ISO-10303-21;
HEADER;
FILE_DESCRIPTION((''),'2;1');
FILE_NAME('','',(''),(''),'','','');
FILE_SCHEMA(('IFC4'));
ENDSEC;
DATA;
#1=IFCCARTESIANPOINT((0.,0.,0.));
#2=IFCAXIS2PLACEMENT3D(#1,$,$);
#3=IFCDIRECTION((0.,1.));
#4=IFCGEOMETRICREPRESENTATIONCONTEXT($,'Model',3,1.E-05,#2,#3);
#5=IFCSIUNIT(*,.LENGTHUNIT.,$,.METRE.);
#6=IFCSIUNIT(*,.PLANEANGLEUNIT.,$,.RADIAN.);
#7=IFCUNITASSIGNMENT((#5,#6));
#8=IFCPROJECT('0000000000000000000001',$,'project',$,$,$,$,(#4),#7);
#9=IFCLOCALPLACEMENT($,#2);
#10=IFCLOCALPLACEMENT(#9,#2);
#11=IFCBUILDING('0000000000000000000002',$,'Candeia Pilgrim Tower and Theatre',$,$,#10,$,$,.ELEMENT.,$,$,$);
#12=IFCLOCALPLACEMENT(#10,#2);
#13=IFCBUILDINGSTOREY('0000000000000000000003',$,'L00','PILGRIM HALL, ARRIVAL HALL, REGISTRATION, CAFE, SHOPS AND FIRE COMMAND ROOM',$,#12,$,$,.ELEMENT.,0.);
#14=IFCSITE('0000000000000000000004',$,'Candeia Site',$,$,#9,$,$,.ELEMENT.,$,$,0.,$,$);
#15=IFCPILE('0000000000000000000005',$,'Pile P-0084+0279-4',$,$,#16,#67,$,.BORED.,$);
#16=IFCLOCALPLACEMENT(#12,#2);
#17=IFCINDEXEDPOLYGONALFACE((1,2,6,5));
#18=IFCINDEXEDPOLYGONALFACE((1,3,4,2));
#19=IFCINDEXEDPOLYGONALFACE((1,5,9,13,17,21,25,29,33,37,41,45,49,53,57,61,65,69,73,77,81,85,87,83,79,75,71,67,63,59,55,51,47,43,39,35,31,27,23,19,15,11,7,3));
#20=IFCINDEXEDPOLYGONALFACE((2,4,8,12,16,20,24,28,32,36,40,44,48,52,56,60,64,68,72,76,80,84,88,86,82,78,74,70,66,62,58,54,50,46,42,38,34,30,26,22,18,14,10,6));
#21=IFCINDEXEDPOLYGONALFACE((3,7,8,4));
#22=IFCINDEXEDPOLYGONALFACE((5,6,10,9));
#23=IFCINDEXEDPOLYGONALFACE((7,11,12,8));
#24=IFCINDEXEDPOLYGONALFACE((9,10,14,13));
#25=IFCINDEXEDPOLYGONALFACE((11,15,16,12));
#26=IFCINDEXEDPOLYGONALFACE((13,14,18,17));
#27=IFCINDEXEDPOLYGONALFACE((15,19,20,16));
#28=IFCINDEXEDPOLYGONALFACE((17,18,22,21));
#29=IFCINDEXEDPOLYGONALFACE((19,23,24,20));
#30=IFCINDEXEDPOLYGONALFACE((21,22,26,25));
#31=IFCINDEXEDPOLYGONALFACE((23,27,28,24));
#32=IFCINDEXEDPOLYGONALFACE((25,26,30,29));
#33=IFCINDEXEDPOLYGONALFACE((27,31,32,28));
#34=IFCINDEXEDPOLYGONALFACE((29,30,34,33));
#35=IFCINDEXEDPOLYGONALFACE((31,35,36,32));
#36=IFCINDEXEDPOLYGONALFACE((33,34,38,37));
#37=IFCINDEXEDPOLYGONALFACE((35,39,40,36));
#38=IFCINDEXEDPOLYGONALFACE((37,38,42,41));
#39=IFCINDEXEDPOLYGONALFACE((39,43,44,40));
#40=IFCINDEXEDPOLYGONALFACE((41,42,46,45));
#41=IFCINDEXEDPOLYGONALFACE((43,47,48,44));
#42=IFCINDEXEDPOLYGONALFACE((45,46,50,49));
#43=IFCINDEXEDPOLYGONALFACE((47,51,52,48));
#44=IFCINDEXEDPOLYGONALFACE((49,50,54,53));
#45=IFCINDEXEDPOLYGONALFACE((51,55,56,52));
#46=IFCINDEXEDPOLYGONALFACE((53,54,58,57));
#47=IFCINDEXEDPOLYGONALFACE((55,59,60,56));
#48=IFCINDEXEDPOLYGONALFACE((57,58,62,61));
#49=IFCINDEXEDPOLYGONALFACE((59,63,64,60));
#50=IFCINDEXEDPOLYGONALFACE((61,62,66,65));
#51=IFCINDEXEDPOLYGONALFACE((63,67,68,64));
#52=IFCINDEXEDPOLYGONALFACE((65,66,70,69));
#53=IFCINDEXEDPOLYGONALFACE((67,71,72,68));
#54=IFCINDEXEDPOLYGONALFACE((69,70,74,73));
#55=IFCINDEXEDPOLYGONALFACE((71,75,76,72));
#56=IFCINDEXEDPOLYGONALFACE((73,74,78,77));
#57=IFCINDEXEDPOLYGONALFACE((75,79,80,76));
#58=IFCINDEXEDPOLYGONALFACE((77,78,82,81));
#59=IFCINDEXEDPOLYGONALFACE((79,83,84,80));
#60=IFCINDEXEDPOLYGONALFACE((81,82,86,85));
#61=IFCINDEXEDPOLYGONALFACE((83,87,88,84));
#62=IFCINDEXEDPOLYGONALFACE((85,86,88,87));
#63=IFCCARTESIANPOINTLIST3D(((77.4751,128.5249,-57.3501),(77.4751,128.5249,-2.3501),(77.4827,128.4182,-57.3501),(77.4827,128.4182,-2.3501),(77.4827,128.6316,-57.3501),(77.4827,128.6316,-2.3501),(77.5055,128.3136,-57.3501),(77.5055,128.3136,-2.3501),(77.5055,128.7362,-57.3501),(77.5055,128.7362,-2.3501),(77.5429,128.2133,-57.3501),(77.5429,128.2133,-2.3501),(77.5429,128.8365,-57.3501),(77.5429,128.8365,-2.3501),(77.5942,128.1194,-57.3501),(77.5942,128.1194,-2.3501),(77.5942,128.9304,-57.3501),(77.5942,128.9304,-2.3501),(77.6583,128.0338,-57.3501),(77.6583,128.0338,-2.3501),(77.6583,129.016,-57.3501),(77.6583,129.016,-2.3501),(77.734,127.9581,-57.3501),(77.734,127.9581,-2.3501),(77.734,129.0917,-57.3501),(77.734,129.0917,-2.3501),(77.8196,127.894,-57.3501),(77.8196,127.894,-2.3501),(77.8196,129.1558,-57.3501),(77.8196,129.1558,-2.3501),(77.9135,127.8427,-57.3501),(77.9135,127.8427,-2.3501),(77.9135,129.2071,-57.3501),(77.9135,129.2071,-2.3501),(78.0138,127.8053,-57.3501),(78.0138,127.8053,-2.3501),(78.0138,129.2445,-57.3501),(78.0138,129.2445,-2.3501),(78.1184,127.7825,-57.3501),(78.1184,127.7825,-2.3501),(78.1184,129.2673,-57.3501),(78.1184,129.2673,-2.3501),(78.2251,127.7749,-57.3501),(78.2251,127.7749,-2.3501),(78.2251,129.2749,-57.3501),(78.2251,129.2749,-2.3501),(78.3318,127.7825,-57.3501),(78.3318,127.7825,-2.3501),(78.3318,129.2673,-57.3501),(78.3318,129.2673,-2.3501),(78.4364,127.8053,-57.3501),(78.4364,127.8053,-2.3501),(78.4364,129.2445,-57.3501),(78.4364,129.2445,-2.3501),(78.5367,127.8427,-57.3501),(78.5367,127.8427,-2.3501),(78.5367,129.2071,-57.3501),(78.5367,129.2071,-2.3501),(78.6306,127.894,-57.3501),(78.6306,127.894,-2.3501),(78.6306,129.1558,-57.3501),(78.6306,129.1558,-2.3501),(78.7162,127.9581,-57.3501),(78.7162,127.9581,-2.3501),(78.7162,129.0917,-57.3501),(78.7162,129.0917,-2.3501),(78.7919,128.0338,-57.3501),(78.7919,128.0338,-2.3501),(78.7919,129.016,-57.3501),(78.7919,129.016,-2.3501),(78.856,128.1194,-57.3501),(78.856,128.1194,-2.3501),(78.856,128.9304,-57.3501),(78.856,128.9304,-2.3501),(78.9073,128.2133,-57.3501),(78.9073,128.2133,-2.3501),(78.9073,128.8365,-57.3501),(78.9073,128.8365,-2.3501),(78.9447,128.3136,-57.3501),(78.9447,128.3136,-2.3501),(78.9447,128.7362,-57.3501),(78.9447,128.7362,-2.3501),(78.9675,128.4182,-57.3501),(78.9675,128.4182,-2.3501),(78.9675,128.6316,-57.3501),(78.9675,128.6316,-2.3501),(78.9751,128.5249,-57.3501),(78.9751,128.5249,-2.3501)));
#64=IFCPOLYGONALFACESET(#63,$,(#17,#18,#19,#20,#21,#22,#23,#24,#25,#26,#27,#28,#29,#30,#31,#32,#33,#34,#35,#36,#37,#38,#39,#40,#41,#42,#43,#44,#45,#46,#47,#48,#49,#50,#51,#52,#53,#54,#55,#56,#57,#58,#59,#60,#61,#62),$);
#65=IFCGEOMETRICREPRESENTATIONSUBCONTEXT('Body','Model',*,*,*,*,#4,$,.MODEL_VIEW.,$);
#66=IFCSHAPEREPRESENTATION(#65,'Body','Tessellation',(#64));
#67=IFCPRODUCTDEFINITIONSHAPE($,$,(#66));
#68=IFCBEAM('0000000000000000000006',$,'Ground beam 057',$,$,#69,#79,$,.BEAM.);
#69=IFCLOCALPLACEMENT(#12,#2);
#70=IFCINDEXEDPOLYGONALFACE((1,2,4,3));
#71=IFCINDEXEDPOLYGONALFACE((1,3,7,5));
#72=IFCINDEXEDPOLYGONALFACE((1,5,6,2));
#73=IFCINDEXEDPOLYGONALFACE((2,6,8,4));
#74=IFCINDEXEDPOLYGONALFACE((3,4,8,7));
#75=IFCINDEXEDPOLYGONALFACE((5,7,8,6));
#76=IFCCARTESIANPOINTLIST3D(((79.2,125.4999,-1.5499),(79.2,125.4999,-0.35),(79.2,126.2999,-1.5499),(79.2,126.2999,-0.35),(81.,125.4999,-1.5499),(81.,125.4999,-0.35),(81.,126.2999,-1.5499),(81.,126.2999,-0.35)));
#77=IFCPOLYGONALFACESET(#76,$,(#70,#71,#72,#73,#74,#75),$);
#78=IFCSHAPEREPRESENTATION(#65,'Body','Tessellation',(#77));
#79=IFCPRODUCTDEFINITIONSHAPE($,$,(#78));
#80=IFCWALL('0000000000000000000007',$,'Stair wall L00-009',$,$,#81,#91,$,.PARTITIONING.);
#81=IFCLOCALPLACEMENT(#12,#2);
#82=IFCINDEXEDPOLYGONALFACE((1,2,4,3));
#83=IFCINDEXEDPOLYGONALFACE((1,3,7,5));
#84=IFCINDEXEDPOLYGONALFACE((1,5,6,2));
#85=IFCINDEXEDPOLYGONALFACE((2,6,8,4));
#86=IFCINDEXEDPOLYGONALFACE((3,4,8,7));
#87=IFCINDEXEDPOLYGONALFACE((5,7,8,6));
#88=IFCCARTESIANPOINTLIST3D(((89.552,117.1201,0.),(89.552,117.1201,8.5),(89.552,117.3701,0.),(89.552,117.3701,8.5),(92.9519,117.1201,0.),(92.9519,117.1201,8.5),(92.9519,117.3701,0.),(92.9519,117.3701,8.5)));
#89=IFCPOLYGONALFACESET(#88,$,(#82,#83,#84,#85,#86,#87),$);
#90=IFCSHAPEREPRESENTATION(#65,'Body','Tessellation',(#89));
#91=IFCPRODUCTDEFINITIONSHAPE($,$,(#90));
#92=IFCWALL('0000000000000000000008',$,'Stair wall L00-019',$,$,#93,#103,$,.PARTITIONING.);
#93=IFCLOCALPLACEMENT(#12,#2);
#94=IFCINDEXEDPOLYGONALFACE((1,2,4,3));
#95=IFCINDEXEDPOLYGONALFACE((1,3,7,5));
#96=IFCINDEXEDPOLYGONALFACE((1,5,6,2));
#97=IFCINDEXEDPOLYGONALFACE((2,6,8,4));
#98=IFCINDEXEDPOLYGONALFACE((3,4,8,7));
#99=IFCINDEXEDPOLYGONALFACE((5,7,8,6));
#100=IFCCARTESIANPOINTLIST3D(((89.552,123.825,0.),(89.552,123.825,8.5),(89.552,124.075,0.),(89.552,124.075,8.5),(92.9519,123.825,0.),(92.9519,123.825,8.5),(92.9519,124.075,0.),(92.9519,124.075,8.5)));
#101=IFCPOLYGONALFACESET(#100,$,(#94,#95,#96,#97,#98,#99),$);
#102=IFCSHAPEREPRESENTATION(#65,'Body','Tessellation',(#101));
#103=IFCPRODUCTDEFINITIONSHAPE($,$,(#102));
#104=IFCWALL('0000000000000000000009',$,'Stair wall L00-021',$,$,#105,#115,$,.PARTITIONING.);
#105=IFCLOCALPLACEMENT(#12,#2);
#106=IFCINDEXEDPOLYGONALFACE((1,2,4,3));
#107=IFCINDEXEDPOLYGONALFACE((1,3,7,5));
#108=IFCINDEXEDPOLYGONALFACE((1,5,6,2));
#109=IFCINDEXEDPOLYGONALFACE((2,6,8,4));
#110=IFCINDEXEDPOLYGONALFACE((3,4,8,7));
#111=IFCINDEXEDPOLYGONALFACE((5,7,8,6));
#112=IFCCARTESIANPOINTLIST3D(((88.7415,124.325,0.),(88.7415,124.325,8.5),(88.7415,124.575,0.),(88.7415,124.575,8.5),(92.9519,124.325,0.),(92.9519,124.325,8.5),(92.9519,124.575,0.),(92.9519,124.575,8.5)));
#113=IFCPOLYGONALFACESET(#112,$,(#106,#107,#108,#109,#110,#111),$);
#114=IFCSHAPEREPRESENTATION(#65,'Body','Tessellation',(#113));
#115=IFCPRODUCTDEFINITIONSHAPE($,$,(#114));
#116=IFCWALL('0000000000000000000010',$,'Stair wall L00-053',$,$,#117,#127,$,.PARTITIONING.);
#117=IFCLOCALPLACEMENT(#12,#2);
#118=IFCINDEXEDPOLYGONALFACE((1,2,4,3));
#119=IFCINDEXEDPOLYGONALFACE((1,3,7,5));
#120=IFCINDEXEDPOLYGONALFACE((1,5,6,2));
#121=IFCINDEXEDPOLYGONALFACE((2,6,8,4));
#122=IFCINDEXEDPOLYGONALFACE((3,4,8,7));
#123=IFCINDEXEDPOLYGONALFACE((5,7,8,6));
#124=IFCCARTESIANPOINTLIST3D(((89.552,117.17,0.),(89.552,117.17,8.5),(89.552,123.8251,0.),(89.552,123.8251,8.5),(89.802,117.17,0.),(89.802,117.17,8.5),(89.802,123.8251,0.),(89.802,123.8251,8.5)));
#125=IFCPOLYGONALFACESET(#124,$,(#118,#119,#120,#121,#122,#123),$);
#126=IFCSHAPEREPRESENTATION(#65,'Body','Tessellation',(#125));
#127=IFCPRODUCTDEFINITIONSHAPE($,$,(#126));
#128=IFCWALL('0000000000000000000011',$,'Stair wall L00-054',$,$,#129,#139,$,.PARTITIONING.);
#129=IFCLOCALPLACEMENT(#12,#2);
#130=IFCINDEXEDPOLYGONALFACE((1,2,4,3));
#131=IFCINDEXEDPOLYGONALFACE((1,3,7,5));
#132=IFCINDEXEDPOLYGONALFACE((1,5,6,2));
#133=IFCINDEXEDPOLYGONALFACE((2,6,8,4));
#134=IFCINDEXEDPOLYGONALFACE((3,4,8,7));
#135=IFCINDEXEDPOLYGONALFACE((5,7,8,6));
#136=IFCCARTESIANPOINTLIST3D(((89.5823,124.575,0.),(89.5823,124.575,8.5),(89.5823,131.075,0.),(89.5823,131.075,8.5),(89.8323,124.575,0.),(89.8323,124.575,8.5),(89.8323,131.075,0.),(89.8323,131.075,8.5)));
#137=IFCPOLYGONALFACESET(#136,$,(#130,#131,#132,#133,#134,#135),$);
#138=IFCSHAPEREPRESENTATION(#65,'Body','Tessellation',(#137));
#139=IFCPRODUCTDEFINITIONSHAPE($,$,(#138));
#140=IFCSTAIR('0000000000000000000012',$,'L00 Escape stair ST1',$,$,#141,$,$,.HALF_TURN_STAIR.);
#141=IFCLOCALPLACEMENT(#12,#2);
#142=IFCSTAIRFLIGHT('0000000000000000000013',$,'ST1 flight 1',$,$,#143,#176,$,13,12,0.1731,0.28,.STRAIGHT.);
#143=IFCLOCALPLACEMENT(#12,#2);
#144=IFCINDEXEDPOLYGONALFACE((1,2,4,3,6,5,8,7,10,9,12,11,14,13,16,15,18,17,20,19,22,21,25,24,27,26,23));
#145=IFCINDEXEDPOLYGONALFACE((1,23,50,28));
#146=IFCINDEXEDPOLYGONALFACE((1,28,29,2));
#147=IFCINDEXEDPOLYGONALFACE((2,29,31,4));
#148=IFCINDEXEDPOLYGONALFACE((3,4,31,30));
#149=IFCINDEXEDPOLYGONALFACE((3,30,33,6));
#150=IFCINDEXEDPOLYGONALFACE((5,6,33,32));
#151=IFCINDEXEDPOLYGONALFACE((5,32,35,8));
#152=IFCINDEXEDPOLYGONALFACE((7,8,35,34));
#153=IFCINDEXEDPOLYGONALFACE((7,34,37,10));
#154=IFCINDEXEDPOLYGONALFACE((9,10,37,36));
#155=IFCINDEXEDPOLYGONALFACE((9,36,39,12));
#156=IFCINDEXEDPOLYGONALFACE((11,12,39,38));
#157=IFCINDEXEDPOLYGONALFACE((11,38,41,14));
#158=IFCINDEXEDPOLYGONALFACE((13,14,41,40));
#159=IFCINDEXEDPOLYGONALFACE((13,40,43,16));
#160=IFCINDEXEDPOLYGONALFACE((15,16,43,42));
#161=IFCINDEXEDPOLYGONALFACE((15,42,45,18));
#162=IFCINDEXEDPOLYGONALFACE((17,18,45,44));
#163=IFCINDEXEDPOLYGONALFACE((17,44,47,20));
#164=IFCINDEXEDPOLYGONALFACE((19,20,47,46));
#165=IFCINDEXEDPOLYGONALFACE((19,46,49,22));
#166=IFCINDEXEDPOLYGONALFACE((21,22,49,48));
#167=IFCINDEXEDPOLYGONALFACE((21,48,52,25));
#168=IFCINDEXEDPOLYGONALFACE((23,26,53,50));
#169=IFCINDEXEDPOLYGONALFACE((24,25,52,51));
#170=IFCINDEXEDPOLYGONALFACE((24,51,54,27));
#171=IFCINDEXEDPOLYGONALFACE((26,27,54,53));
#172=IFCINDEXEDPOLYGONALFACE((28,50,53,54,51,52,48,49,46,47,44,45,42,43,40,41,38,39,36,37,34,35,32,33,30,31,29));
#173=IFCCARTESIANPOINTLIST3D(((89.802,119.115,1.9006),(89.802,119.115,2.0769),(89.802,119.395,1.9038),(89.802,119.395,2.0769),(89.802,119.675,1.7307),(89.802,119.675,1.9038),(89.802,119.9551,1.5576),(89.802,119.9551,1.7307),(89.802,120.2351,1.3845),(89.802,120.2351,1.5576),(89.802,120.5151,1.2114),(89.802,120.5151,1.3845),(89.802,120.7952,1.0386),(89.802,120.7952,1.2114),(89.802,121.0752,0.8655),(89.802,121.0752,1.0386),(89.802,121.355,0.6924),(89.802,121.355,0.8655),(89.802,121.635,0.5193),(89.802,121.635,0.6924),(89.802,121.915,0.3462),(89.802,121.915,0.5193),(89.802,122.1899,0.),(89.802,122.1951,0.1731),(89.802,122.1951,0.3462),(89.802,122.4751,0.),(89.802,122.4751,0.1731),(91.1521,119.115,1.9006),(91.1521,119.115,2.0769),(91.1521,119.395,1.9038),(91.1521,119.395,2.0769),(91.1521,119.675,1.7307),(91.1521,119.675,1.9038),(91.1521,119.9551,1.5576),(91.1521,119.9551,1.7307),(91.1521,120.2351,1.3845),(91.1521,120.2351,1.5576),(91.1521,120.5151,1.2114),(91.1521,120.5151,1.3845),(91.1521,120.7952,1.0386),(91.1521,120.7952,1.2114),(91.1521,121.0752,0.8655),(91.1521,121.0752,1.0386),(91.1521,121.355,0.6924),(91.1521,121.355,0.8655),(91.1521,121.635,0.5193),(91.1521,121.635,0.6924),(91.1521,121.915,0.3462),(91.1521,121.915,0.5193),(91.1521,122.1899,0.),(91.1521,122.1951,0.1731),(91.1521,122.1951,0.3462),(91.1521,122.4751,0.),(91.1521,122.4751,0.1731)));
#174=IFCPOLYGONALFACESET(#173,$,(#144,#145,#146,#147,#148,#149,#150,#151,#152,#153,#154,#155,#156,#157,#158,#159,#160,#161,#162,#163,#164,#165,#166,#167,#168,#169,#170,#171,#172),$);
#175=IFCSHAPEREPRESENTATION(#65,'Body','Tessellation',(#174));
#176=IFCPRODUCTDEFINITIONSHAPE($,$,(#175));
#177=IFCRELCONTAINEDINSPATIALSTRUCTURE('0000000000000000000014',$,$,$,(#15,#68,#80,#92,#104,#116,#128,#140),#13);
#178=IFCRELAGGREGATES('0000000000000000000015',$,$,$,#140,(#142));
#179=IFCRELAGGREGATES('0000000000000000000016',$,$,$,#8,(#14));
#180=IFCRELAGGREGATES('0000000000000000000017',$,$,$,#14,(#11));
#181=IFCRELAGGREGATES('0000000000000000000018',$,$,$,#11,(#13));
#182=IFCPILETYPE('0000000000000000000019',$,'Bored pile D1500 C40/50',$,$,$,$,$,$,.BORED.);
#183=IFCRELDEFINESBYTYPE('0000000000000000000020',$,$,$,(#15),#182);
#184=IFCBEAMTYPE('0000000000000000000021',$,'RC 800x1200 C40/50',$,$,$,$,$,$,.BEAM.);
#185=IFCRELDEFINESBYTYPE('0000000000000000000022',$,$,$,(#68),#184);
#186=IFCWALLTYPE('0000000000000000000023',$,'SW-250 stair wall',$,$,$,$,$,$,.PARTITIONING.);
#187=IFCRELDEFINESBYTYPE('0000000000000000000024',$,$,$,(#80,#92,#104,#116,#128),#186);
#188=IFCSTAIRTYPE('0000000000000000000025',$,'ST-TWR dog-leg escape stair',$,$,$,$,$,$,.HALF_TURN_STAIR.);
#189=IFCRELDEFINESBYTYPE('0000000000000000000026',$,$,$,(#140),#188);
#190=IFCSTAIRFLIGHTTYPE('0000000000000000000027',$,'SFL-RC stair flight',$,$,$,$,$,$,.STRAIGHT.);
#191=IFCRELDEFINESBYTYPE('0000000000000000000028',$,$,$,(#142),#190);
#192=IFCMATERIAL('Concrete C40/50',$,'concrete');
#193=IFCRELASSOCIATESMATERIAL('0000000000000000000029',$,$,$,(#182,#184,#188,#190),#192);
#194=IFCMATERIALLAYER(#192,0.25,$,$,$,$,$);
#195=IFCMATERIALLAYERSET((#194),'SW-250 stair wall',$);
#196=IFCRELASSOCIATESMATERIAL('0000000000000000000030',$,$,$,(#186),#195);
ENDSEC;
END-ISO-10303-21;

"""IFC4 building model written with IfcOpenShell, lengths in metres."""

from ifc_helpers import new_model, si_unit, direction, frame, frame_2d, origin, origin_2d, place, context, subcontext, project, spatial, polyline, rectangle, circle, outline, extrude, material, layer, layer_set, material_profile, profile_set, type_object, element, aggregate, save


model = new_model("IFC4")

# Units and contexts
model_context = context("Model", 3, precision=1e-05, world=origin(), true_north=direction((0.0, 1.0)))
body_context = subcontext(model_context, "Body", "Model", "MODEL_VIEW")
ifc_project = project(units=[si_unit("LENGTHUNIT", "METRE"), si_unit("PLANEANGLEUNIT", "RADIAN")], contexts=[model_context])

# Site, building, storey
site_placement = place(None, origin())
site = spatial("IfcSite", under=ifc_project, at=site_placement, Name="Candeia Site", CompositionType="ELEMENT", RefElevation=0.0)
building_placement = place(site_placement, origin())
building = spatial("IfcBuilding", under=site, at=building_placement, Name="Candeia Pilgrim Tower and Theatre", CompositionType="ELEMENT")
storey_placement = place(building_placement, origin())
storey = spatial("IfcBuildingStorey", under=building, at=storey_placement, Name="L00", Description="PILGRIM HALL, ARRIVAL HALL, REGISTRATION, CAFE, SHOPS AND FIRE COMMAND ROOM", CompositionType="ELEMENT", Elevation=0.0)

# Pile
ifc_material_1 = material(Name="Concrete C40/50", Category="concrete")
ifc_material_profile_1 = material_profile(ifc_material_1, circle(Radius=0.75, at=origin_2d()))
ifc_profile_set_1 = profile_set([ifc_material_profile_1], Name="Concrete C40/50")
pile_type = type_object("IfcPileType", Name="Bored pile D1500 C40/50", PredefinedType="BORED", material=ifc_profile_set_1)
for number, where, z_axis, x_axis, name in (
    (1, (78.2251, 128.5249, -2.3501), (0.0, 0.0, -1.0), (1.0, 0.0, 0.0), "Pile P-0084+0279-4"),
):
    element("IfcPile", number, at=place(storey_placement, frame(where, z_axis=z_axis, x_axis=x_axis)), inside=storey, type_object=pile_type, Name=name, PredefinedType="BORED", context=body_context, shape_type="SweptSolid", body=[
        extrude(circle(Radius=0.75, at=origin_2d()), origin(), (0.0, 0.0, 1.0), 55.0),
    ])

# Beam
ifc_material_profile_2 = material_profile(ifc_material_1, rectangle(XDim=0.8, YDim=1.2, at=origin_2d()))
ifc_profile_set_2 = profile_set([ifc_material_profile_2], Name="Concrete C40/50")
beam_type = type_object("IfcBeamType", Name="RC 800x1200 C40/50", PredefinedType="BEAM", material=ifc_profile_set_2)
beam_placement = place(storey_placement, frame((79.2, 125.8999, -0.95), z_axis=(1.0, 0.0, 0.0), x_axis=(0.0, 1.0, 0.0)))
element("IfcBeam", 2, at=beam_placement, inside=storey, type_object=beam_type, Name="Ground beam 057", PredefinedType="BEAM", context=body_context, shape_type="SweptSolid", body=[
    extrude(rectangle(XDim=0.8, YDim=1.2, at=origin_2d()), origin(), (0.0, 0.0, 1.0), 1.8),
])

# Walls
ifc_layer = layer(ifc_material_1, 0.25)
ifc_layer_set = layer_set([ifc_layer], Name="SW-250 stair wall")
wall_type = type_object("IfcWallType", Name="SW-250 stair wall", PredefinedType="PARTITIONING", material=ifc_layer_set)
for number, where, z_axis, x_axis, name in (
    (3, (89.552, 117.2451, 0.0), (0.0, 0.0, 1.0), (1.0, 0.0, 0.0), "Stair wall L00-009"),
    (4, (89.552, 123.95, 0.0), (0.0, 0.0, 1.0), (1.0, 0.0, 0.0), "Stair wall L00-019"),
):
    element("IfcWall", number, at=place(storey_placement, frame(where, z_axis=z_axis, x_axis=x_axis)), inside=storey, type_object=wall_type, Name=name, PredefinedType="PARTITIONING", context=body_context, shape_type="SweptSolid", body=[
        extrude(rectangle(XDim=3.3999, YDim=0.25, at=frame_2d((1.7, 0.0))), origin(), (0.0, 0.0, 1.0), 8.5),
    ])
wall_1_placement = place(storey_placement, frame((88.7415, 124.45, 0.0), z_axis=(0.0, 0.0, 1.0), x_axis=(1.0, 0.0, 0.0)))
element("IfcWall", 5, at=wall_1_placement, inside=storey, type_object=wall_type, Name="Stair wall L00-021", PredefinedType="PARTITIONING", context=body_context, shape_type="SweptSolid", body=[
    extrude(rectangle(XDim=4.2104, YDim=0.25, at=frame_2d((2.1052, 0.0))), origin(), (0.0, 0.0, 1.0), 8.5),
])
wall_2_placement = place(storey_placement, frame((89.677, 117.1699, 0.0), z_axis=(0.0, 0.0, 1.0), x_axis=(0.0, 1.0, 0.0)))
element("IfcWall", 6, at=wall_2_placement, inside=storey, type_object=wall_type, Name="Stair wall L00-053", PredefinedType="PARTITIONING", context=body_context, shape_type="SweptSolid", body=[
    extrude(rectangle(XDim=6.655, YDim=0.25, at=frame_2d((3.3276, 0.0))), origin(), (0.0, 0.0, 1.0), 8.5),
])
wall_3_placement = place(storey_placement, frame((89.7073, 124.575, 0.0), z_axis=(0.0, 0.0, 1.0), x_axis=(0.0, 1.0, 0.0)))
element("IfcWall", 7, at=wall_3_placement, inside=storey, type_object=wall_type, Name="Stair wall L00-054", PredefinedType="PARTITIONING", context=body_context, shape_type="SweptSolid", body=[
    extrude(rectangle(XDim=6.5, YDim=0.25, at=frame_2d((3.25, 0.0))), origin(), (0.0, 0.0, 1.0), 8.5),
])

# Stair, stair flight
stair_type = type_object("IfcStairType", Name="ST-TWR dog-leg escape stair", PredefinedType="HALF_TURN_STAIR", material=ifc_material_1)
stair_1_placement = place(storey_placement, origin())
stair_1 = element("IfcStair", 8, at=stair_1_placement, inside=storey, type_object=stair_type, Name="L00 Escape stair ST1", PredefinedType="HALF_TURN_STAIR")
stair_flight_type = type_object("IfcStairFlightType", Name="SFL-RC stair flight", PredefinedType="STRAIGHT", material=ifc_material_1)
stair_flight_1_placement = place(storey_placement, frame((90.4771, 122.4751, 0.0), z_axis=(0.0, 0.0, 1.0), x_axis=(0.0, -1.0, 0.0)))
stair_flight_1 = element("IfcStairFlight", 9, at=stair_flight_1_placement, type_object=stair_flight_type, Name="ST1 flight 1", NumberOfRisers=13, NumberOfTreads=12, PredefinedType="STRAIGHT", RiserHeight=0.1731, TreadLength=0.28, context=body_context, shape_type="SweptSolid", body=[
    extrude(outline(polyline([(0.0, 0.0), (0.0, 0.1731), (0.28, 0.1731), (0.28, 0.3462), (0.5601, 0.3462), (0.5601, 0.5193), (0.8401, 0.5193), (0.8401, 0.6924), (1.1201, 0.6924), (1.1201, 0.8655), (1.3999, 0.8655), (1.3999, 1.0386), (1.6799, 1.0386), (1.6799, 1.2114), (1.96, 1.2114), (1.96, 1.3845), (2.24, 1.3845), (2.24, 1.5576), (2.52, 1.5576), (2.52, 1.7307), (2.8, 1.7307), (2.8, 1.9038), (3.0801, 1.9038), (3.0801, 2.0769), (3.3601, 2.0769), (3.3601, 2.25), (3.3601, 1.9006), (0.2852, 0.0), (0.0, 0.0)])), frame((0.0, 0.675, 0.0), z_axis=(0.0, -1.0, 0.0), x_axis=(1.0, 0.0, 0.0)), (0.0, 0.0, 1.0), 1.3501),
])
aggregate(stair_1, [stair_flight_1])

save(model, "model.ifc")
